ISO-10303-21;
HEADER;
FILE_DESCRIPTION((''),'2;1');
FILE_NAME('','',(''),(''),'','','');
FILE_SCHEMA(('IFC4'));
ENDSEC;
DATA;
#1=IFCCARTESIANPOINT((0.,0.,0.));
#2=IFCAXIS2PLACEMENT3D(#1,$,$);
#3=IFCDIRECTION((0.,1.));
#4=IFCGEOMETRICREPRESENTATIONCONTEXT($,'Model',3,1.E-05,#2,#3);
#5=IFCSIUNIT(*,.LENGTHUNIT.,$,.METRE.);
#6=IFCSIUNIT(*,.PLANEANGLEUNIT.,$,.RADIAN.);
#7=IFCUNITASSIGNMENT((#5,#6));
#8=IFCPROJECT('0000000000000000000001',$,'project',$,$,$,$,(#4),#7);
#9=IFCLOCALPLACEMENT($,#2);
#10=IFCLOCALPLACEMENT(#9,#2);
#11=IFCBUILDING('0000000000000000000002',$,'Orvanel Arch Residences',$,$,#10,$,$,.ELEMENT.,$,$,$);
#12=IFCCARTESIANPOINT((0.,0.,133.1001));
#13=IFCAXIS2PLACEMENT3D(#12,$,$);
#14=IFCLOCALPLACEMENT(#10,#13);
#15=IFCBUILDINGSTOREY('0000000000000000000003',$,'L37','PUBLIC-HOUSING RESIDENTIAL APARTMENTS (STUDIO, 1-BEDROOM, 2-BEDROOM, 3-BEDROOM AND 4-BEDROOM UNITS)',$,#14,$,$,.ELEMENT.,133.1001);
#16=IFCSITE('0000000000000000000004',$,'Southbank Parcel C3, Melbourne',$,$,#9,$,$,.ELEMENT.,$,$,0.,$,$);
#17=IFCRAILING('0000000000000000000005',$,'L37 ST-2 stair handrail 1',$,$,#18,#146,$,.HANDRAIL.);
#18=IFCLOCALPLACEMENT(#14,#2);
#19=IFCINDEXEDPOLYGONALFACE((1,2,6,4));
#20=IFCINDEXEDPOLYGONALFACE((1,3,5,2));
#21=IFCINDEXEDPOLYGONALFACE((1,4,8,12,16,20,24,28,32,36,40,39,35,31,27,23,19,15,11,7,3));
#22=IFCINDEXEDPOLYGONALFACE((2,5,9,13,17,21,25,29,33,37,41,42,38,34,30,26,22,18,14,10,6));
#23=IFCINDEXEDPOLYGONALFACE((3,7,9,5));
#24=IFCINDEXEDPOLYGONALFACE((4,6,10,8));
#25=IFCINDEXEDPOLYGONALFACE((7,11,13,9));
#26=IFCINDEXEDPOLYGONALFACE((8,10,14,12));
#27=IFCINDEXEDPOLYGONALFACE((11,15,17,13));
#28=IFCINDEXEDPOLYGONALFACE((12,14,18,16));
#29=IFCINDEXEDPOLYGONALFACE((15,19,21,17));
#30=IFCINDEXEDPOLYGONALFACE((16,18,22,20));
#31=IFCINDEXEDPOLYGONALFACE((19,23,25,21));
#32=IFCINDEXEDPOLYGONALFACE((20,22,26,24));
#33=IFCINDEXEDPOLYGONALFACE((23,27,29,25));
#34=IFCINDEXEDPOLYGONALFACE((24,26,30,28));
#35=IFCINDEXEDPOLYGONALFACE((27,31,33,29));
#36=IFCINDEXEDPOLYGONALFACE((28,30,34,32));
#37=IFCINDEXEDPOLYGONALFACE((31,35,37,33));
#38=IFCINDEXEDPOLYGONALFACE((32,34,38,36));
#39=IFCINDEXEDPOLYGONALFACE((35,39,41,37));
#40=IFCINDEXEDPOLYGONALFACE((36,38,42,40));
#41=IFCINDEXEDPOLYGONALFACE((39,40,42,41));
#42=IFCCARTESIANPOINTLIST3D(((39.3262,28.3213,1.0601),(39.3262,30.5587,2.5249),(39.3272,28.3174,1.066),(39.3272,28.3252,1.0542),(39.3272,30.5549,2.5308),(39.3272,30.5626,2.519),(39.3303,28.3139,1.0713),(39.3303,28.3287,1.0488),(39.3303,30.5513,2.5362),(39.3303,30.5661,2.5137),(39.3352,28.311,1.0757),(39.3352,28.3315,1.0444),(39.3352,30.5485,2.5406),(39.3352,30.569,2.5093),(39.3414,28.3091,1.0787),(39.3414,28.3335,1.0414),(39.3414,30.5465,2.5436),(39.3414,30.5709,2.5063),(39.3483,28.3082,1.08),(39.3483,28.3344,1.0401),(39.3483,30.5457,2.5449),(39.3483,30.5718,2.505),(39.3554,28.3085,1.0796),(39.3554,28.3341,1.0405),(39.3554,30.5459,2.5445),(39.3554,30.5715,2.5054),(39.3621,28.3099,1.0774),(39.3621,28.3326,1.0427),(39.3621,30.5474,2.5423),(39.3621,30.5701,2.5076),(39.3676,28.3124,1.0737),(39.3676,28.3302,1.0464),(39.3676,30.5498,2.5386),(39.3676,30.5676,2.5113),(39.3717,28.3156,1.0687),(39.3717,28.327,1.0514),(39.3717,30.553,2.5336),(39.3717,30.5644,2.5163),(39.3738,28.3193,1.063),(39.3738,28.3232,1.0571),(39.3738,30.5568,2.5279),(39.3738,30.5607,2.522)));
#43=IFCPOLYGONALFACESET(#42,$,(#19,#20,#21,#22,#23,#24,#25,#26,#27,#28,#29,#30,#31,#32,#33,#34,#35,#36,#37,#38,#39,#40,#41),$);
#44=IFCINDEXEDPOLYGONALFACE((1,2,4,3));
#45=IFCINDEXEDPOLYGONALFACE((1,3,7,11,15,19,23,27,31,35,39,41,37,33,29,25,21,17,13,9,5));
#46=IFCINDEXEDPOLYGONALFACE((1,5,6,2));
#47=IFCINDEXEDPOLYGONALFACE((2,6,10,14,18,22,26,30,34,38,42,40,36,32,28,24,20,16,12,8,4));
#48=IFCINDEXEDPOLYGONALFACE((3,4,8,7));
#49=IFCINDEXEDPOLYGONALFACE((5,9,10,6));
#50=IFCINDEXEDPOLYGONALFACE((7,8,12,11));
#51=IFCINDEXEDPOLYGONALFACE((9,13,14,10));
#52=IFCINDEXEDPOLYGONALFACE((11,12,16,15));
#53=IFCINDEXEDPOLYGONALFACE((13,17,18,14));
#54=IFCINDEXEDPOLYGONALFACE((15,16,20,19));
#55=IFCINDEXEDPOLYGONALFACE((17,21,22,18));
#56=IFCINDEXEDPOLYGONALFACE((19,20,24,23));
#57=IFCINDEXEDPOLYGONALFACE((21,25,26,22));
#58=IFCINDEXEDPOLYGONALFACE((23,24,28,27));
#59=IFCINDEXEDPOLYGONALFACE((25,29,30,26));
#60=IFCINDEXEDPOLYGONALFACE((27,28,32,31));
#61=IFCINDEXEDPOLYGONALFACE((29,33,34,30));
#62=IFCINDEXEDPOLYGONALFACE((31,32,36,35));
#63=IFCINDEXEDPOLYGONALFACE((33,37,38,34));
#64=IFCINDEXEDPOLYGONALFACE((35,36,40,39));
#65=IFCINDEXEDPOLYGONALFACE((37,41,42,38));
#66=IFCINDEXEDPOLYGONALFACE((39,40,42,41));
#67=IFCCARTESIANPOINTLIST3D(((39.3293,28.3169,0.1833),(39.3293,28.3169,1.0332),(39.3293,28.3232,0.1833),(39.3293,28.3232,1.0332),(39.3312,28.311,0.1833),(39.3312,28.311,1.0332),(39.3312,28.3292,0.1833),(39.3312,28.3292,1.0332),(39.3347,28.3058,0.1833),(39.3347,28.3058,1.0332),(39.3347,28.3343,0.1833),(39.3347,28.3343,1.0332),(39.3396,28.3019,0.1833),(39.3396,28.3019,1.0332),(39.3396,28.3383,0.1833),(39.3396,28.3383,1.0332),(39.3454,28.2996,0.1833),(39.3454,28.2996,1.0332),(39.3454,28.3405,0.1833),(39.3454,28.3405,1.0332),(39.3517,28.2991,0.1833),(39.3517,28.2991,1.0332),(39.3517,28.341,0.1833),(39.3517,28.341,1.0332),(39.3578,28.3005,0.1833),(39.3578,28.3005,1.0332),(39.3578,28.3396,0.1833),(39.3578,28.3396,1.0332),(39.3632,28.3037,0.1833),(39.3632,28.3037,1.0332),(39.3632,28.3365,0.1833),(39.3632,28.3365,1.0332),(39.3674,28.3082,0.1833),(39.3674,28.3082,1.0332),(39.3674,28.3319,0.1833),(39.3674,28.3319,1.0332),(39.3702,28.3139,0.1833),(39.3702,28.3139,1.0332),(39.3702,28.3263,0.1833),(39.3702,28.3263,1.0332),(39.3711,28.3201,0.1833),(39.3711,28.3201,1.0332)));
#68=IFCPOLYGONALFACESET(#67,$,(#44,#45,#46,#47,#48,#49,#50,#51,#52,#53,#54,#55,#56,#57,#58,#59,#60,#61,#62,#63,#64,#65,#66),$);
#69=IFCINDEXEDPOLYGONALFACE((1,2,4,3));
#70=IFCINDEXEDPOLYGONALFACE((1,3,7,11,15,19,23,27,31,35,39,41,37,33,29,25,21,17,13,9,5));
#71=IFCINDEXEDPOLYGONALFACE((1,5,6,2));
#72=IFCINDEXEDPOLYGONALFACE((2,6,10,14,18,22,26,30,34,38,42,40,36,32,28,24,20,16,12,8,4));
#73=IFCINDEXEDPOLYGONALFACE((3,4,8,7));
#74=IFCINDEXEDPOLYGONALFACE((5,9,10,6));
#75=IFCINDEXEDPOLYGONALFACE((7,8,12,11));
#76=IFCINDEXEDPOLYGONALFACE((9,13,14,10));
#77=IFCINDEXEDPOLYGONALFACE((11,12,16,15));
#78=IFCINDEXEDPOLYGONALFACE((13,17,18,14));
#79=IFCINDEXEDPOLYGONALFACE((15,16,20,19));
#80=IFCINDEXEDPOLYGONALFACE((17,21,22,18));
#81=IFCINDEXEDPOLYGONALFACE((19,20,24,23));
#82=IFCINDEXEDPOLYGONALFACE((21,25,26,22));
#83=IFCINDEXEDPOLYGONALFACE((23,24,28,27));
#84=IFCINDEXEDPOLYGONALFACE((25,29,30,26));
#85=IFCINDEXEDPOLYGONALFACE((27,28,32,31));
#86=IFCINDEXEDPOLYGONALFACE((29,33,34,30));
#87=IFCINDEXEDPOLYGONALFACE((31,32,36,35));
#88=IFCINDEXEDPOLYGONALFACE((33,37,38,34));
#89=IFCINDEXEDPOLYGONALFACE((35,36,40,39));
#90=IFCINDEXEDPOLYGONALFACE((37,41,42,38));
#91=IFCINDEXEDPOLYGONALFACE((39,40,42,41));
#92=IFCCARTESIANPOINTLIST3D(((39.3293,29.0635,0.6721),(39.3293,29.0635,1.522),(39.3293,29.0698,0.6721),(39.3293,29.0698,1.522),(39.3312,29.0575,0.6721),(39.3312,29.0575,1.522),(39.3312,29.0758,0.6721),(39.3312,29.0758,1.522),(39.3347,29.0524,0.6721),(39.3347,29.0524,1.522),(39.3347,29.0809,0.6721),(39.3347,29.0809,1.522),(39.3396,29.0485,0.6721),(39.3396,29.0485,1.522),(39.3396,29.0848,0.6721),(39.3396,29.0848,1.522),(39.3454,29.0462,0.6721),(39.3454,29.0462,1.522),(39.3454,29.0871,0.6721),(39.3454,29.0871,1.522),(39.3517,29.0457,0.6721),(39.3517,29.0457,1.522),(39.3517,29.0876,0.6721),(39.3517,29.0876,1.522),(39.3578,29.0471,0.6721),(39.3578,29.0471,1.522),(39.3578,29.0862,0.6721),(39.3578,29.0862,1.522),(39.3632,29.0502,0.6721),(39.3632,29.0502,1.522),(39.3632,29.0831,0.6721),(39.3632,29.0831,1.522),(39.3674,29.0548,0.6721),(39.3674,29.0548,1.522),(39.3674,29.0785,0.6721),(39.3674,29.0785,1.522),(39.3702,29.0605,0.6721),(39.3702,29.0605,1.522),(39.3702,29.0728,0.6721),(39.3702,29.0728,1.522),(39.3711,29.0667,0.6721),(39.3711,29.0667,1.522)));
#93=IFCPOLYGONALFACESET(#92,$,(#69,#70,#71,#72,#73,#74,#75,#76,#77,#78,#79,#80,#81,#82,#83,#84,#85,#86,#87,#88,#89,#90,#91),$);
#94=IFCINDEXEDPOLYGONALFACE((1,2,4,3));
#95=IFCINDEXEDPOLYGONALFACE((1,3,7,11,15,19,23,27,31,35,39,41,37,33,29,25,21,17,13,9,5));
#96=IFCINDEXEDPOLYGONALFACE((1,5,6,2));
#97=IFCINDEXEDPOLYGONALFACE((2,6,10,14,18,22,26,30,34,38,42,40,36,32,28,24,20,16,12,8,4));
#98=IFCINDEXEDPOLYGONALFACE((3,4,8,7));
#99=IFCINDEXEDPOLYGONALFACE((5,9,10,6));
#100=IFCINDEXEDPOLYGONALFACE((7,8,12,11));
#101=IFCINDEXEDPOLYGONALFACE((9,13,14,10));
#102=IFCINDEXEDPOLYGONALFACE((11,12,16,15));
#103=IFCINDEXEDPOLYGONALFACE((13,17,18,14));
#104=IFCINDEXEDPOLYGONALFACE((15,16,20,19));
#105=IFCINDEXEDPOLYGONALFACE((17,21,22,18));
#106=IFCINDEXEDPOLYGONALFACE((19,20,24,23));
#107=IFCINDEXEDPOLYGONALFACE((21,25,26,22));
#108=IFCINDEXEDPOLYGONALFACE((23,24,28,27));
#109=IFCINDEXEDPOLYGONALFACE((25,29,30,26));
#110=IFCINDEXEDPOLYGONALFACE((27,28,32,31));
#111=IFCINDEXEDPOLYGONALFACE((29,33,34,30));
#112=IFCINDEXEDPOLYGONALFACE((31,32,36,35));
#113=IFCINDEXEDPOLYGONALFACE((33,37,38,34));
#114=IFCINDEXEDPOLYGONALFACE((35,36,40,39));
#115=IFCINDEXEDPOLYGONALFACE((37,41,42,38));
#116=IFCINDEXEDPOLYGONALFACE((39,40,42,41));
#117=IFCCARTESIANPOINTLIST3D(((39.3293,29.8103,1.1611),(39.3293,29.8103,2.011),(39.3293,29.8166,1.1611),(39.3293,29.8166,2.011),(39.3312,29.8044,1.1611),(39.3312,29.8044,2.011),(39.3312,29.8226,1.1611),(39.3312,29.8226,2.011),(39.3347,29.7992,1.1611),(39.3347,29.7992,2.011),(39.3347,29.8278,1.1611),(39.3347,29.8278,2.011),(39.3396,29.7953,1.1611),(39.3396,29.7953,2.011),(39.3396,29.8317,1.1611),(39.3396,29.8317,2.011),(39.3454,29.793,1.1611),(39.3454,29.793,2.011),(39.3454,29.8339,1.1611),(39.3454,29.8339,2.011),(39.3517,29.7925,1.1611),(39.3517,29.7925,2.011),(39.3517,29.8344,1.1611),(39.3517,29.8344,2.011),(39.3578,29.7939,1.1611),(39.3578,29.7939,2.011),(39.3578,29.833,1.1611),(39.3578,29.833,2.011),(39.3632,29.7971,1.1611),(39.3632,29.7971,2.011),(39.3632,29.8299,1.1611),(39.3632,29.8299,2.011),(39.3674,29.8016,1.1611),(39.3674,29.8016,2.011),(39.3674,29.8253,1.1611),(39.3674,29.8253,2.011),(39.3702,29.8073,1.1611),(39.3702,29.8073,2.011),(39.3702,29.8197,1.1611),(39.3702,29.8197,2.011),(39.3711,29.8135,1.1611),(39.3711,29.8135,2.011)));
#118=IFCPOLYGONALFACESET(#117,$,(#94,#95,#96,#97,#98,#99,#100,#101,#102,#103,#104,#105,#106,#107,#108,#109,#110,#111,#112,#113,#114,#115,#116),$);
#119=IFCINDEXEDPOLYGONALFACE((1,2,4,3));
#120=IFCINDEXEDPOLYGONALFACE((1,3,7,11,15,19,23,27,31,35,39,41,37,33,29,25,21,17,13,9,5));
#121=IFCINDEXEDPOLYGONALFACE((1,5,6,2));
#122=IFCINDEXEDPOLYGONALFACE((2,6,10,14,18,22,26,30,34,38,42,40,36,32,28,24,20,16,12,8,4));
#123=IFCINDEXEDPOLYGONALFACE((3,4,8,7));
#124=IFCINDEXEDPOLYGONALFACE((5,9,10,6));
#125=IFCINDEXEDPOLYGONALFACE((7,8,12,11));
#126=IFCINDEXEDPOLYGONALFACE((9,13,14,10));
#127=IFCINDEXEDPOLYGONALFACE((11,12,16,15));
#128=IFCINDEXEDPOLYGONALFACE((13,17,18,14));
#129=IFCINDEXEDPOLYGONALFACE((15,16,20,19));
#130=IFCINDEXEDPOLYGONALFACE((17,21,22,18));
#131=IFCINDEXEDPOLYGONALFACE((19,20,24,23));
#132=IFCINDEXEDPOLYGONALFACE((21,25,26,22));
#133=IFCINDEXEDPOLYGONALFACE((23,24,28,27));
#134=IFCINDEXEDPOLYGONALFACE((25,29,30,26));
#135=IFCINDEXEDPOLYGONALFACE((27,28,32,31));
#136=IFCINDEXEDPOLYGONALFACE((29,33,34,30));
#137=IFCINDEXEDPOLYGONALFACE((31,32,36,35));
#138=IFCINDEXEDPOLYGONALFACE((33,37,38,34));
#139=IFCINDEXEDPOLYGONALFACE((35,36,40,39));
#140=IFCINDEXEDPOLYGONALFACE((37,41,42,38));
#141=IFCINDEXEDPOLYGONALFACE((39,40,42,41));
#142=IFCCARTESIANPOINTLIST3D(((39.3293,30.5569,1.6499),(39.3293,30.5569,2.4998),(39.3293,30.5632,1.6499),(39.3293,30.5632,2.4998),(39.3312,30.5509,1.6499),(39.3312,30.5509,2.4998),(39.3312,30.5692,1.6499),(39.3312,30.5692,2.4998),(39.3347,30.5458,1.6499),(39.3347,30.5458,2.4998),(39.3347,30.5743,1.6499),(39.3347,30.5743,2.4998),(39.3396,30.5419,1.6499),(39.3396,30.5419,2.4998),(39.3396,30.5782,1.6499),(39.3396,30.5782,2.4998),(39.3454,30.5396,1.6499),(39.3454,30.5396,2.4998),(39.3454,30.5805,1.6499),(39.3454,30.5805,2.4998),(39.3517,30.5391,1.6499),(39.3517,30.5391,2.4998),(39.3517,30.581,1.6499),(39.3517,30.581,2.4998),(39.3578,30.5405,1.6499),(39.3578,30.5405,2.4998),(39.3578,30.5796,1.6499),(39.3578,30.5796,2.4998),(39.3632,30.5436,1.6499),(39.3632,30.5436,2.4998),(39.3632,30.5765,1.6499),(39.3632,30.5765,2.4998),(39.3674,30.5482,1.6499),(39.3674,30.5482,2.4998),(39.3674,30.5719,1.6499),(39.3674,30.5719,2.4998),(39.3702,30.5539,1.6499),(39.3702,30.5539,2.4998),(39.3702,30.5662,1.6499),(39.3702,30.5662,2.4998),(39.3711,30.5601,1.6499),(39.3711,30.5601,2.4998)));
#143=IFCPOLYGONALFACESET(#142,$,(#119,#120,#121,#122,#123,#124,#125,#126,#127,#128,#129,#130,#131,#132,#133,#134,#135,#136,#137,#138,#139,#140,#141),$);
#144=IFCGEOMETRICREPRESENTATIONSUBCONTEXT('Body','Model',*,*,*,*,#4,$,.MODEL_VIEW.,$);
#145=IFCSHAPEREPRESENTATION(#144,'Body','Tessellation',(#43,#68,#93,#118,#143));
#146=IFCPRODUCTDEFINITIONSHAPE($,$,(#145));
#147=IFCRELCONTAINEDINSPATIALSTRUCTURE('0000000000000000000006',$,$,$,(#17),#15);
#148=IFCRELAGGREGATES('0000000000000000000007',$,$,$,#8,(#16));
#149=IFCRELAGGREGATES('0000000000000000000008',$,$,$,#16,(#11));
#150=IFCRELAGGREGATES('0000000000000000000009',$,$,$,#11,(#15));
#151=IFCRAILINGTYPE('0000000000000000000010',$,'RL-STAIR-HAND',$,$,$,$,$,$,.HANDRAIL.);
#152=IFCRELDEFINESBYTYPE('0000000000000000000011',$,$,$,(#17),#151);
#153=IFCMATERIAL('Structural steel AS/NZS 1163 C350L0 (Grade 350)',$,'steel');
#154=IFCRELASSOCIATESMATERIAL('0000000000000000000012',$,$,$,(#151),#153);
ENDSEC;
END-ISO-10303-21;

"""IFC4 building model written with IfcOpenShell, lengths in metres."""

from ifc_helpers import new_model, si_unit, direction, frame, origin, origin_2d, place, context, subcontext, project, spatial, circle, extrude, material, type_object, element, save


model = new_model("IFC4")

# Units and contexts
model_context = context("Model", 3, precision=1e-05, world=origin(), true_north=direction((0.0, 1.0)))
body_context = subcontext(model_context, "Body", "Model", "MODEL_VIEW")
ifc_project = project(units=[si_unit("LENGTHUNIT", "METRE"), si_unit("PLANEANGLEUNIT", "RADIAN")], contexts=[model_context])

# Site, building, storey
site_placement = place(None, origin())
site = spatial("IfcSite", under=ifc_project, at=site_placement, Name="Southbank Parcel C3, Melbourne", CompositionType="ELEMENT", RefElevation=0.0)
building_placement = place(site_placement, origin())
building = spatial("IfcBuilding", under=site, at=building_placement, Name="Orvanel Arch Residences", CompositionType="ELEMENT")
storey_placement = place(building_placement, frame((0.0, 0.0, 133.1001)))
storey = spatial("IfcBuildingStorey", under=building, at=storey_placement, Name="L37", Description="PUBLIC-HOUSING RESIDENTIAL APARTMENTS (STUDIO, 1-BEDROOM, 2-BEDROOM, 3-BEDROOM AND 4-BEDROOM UNITS)", CompositionType="ELEMENT", Elevation=133.1001)

# Railing
ifc_material_1 = material(Name="Structural steel AS/NZS 1163 C350L0 (Grade 350)", Category="steel")
railing_type = type_object("IfcRailingType", Name="RL-STAIR-HAND", PredefinedType="HANDRAIL", material=ifc_material_1)
railing_placement = place(storey_placement, frame((39.3501, 28.3201, 0.1833)))
element("IfcRailing", 1, at=railing_placement, inside=storey, type_object=railing_type, Name="L37 ST-2 stair handrail 1", PredefinedType="HANDRAIL", context=body_context, shape_type="SweptSolid", body=[
    extrude(circle(Radius=0.0239, at=origin_2d()), frame((0.0, 0.0012, 0.8767), z_axis=(0.0, 0.836637, 0.547758), x_axis=(-1.0, 0.0, 0.0)), (0.0, 0.0, 1.0), 2.6743),
    extrude(circle(Radius=0.021, at=origin_2d()), origin(), (0.0, 0.0, 1.0), 0.8499),
    extrude(circle(Radius=0.021, at=origin_2d()), frame((0.0, 0.7466, 0.4888)), (0.0, 0.0, 1.0), 0.8499),
    extrude(circle(Radius=0.021, at=origin_2d()), frame((0.0, 1.4934, 0.9778)), (0.0, 0.0, 1.0), 0.8499),
    extrude(circle(Radius=0.021, at=origin_2d()), frame((0.0, 2.24, 1.4666)), (0.0, 0.0, 1.0), 0.8499),
])

save(model, "model.ifc")
